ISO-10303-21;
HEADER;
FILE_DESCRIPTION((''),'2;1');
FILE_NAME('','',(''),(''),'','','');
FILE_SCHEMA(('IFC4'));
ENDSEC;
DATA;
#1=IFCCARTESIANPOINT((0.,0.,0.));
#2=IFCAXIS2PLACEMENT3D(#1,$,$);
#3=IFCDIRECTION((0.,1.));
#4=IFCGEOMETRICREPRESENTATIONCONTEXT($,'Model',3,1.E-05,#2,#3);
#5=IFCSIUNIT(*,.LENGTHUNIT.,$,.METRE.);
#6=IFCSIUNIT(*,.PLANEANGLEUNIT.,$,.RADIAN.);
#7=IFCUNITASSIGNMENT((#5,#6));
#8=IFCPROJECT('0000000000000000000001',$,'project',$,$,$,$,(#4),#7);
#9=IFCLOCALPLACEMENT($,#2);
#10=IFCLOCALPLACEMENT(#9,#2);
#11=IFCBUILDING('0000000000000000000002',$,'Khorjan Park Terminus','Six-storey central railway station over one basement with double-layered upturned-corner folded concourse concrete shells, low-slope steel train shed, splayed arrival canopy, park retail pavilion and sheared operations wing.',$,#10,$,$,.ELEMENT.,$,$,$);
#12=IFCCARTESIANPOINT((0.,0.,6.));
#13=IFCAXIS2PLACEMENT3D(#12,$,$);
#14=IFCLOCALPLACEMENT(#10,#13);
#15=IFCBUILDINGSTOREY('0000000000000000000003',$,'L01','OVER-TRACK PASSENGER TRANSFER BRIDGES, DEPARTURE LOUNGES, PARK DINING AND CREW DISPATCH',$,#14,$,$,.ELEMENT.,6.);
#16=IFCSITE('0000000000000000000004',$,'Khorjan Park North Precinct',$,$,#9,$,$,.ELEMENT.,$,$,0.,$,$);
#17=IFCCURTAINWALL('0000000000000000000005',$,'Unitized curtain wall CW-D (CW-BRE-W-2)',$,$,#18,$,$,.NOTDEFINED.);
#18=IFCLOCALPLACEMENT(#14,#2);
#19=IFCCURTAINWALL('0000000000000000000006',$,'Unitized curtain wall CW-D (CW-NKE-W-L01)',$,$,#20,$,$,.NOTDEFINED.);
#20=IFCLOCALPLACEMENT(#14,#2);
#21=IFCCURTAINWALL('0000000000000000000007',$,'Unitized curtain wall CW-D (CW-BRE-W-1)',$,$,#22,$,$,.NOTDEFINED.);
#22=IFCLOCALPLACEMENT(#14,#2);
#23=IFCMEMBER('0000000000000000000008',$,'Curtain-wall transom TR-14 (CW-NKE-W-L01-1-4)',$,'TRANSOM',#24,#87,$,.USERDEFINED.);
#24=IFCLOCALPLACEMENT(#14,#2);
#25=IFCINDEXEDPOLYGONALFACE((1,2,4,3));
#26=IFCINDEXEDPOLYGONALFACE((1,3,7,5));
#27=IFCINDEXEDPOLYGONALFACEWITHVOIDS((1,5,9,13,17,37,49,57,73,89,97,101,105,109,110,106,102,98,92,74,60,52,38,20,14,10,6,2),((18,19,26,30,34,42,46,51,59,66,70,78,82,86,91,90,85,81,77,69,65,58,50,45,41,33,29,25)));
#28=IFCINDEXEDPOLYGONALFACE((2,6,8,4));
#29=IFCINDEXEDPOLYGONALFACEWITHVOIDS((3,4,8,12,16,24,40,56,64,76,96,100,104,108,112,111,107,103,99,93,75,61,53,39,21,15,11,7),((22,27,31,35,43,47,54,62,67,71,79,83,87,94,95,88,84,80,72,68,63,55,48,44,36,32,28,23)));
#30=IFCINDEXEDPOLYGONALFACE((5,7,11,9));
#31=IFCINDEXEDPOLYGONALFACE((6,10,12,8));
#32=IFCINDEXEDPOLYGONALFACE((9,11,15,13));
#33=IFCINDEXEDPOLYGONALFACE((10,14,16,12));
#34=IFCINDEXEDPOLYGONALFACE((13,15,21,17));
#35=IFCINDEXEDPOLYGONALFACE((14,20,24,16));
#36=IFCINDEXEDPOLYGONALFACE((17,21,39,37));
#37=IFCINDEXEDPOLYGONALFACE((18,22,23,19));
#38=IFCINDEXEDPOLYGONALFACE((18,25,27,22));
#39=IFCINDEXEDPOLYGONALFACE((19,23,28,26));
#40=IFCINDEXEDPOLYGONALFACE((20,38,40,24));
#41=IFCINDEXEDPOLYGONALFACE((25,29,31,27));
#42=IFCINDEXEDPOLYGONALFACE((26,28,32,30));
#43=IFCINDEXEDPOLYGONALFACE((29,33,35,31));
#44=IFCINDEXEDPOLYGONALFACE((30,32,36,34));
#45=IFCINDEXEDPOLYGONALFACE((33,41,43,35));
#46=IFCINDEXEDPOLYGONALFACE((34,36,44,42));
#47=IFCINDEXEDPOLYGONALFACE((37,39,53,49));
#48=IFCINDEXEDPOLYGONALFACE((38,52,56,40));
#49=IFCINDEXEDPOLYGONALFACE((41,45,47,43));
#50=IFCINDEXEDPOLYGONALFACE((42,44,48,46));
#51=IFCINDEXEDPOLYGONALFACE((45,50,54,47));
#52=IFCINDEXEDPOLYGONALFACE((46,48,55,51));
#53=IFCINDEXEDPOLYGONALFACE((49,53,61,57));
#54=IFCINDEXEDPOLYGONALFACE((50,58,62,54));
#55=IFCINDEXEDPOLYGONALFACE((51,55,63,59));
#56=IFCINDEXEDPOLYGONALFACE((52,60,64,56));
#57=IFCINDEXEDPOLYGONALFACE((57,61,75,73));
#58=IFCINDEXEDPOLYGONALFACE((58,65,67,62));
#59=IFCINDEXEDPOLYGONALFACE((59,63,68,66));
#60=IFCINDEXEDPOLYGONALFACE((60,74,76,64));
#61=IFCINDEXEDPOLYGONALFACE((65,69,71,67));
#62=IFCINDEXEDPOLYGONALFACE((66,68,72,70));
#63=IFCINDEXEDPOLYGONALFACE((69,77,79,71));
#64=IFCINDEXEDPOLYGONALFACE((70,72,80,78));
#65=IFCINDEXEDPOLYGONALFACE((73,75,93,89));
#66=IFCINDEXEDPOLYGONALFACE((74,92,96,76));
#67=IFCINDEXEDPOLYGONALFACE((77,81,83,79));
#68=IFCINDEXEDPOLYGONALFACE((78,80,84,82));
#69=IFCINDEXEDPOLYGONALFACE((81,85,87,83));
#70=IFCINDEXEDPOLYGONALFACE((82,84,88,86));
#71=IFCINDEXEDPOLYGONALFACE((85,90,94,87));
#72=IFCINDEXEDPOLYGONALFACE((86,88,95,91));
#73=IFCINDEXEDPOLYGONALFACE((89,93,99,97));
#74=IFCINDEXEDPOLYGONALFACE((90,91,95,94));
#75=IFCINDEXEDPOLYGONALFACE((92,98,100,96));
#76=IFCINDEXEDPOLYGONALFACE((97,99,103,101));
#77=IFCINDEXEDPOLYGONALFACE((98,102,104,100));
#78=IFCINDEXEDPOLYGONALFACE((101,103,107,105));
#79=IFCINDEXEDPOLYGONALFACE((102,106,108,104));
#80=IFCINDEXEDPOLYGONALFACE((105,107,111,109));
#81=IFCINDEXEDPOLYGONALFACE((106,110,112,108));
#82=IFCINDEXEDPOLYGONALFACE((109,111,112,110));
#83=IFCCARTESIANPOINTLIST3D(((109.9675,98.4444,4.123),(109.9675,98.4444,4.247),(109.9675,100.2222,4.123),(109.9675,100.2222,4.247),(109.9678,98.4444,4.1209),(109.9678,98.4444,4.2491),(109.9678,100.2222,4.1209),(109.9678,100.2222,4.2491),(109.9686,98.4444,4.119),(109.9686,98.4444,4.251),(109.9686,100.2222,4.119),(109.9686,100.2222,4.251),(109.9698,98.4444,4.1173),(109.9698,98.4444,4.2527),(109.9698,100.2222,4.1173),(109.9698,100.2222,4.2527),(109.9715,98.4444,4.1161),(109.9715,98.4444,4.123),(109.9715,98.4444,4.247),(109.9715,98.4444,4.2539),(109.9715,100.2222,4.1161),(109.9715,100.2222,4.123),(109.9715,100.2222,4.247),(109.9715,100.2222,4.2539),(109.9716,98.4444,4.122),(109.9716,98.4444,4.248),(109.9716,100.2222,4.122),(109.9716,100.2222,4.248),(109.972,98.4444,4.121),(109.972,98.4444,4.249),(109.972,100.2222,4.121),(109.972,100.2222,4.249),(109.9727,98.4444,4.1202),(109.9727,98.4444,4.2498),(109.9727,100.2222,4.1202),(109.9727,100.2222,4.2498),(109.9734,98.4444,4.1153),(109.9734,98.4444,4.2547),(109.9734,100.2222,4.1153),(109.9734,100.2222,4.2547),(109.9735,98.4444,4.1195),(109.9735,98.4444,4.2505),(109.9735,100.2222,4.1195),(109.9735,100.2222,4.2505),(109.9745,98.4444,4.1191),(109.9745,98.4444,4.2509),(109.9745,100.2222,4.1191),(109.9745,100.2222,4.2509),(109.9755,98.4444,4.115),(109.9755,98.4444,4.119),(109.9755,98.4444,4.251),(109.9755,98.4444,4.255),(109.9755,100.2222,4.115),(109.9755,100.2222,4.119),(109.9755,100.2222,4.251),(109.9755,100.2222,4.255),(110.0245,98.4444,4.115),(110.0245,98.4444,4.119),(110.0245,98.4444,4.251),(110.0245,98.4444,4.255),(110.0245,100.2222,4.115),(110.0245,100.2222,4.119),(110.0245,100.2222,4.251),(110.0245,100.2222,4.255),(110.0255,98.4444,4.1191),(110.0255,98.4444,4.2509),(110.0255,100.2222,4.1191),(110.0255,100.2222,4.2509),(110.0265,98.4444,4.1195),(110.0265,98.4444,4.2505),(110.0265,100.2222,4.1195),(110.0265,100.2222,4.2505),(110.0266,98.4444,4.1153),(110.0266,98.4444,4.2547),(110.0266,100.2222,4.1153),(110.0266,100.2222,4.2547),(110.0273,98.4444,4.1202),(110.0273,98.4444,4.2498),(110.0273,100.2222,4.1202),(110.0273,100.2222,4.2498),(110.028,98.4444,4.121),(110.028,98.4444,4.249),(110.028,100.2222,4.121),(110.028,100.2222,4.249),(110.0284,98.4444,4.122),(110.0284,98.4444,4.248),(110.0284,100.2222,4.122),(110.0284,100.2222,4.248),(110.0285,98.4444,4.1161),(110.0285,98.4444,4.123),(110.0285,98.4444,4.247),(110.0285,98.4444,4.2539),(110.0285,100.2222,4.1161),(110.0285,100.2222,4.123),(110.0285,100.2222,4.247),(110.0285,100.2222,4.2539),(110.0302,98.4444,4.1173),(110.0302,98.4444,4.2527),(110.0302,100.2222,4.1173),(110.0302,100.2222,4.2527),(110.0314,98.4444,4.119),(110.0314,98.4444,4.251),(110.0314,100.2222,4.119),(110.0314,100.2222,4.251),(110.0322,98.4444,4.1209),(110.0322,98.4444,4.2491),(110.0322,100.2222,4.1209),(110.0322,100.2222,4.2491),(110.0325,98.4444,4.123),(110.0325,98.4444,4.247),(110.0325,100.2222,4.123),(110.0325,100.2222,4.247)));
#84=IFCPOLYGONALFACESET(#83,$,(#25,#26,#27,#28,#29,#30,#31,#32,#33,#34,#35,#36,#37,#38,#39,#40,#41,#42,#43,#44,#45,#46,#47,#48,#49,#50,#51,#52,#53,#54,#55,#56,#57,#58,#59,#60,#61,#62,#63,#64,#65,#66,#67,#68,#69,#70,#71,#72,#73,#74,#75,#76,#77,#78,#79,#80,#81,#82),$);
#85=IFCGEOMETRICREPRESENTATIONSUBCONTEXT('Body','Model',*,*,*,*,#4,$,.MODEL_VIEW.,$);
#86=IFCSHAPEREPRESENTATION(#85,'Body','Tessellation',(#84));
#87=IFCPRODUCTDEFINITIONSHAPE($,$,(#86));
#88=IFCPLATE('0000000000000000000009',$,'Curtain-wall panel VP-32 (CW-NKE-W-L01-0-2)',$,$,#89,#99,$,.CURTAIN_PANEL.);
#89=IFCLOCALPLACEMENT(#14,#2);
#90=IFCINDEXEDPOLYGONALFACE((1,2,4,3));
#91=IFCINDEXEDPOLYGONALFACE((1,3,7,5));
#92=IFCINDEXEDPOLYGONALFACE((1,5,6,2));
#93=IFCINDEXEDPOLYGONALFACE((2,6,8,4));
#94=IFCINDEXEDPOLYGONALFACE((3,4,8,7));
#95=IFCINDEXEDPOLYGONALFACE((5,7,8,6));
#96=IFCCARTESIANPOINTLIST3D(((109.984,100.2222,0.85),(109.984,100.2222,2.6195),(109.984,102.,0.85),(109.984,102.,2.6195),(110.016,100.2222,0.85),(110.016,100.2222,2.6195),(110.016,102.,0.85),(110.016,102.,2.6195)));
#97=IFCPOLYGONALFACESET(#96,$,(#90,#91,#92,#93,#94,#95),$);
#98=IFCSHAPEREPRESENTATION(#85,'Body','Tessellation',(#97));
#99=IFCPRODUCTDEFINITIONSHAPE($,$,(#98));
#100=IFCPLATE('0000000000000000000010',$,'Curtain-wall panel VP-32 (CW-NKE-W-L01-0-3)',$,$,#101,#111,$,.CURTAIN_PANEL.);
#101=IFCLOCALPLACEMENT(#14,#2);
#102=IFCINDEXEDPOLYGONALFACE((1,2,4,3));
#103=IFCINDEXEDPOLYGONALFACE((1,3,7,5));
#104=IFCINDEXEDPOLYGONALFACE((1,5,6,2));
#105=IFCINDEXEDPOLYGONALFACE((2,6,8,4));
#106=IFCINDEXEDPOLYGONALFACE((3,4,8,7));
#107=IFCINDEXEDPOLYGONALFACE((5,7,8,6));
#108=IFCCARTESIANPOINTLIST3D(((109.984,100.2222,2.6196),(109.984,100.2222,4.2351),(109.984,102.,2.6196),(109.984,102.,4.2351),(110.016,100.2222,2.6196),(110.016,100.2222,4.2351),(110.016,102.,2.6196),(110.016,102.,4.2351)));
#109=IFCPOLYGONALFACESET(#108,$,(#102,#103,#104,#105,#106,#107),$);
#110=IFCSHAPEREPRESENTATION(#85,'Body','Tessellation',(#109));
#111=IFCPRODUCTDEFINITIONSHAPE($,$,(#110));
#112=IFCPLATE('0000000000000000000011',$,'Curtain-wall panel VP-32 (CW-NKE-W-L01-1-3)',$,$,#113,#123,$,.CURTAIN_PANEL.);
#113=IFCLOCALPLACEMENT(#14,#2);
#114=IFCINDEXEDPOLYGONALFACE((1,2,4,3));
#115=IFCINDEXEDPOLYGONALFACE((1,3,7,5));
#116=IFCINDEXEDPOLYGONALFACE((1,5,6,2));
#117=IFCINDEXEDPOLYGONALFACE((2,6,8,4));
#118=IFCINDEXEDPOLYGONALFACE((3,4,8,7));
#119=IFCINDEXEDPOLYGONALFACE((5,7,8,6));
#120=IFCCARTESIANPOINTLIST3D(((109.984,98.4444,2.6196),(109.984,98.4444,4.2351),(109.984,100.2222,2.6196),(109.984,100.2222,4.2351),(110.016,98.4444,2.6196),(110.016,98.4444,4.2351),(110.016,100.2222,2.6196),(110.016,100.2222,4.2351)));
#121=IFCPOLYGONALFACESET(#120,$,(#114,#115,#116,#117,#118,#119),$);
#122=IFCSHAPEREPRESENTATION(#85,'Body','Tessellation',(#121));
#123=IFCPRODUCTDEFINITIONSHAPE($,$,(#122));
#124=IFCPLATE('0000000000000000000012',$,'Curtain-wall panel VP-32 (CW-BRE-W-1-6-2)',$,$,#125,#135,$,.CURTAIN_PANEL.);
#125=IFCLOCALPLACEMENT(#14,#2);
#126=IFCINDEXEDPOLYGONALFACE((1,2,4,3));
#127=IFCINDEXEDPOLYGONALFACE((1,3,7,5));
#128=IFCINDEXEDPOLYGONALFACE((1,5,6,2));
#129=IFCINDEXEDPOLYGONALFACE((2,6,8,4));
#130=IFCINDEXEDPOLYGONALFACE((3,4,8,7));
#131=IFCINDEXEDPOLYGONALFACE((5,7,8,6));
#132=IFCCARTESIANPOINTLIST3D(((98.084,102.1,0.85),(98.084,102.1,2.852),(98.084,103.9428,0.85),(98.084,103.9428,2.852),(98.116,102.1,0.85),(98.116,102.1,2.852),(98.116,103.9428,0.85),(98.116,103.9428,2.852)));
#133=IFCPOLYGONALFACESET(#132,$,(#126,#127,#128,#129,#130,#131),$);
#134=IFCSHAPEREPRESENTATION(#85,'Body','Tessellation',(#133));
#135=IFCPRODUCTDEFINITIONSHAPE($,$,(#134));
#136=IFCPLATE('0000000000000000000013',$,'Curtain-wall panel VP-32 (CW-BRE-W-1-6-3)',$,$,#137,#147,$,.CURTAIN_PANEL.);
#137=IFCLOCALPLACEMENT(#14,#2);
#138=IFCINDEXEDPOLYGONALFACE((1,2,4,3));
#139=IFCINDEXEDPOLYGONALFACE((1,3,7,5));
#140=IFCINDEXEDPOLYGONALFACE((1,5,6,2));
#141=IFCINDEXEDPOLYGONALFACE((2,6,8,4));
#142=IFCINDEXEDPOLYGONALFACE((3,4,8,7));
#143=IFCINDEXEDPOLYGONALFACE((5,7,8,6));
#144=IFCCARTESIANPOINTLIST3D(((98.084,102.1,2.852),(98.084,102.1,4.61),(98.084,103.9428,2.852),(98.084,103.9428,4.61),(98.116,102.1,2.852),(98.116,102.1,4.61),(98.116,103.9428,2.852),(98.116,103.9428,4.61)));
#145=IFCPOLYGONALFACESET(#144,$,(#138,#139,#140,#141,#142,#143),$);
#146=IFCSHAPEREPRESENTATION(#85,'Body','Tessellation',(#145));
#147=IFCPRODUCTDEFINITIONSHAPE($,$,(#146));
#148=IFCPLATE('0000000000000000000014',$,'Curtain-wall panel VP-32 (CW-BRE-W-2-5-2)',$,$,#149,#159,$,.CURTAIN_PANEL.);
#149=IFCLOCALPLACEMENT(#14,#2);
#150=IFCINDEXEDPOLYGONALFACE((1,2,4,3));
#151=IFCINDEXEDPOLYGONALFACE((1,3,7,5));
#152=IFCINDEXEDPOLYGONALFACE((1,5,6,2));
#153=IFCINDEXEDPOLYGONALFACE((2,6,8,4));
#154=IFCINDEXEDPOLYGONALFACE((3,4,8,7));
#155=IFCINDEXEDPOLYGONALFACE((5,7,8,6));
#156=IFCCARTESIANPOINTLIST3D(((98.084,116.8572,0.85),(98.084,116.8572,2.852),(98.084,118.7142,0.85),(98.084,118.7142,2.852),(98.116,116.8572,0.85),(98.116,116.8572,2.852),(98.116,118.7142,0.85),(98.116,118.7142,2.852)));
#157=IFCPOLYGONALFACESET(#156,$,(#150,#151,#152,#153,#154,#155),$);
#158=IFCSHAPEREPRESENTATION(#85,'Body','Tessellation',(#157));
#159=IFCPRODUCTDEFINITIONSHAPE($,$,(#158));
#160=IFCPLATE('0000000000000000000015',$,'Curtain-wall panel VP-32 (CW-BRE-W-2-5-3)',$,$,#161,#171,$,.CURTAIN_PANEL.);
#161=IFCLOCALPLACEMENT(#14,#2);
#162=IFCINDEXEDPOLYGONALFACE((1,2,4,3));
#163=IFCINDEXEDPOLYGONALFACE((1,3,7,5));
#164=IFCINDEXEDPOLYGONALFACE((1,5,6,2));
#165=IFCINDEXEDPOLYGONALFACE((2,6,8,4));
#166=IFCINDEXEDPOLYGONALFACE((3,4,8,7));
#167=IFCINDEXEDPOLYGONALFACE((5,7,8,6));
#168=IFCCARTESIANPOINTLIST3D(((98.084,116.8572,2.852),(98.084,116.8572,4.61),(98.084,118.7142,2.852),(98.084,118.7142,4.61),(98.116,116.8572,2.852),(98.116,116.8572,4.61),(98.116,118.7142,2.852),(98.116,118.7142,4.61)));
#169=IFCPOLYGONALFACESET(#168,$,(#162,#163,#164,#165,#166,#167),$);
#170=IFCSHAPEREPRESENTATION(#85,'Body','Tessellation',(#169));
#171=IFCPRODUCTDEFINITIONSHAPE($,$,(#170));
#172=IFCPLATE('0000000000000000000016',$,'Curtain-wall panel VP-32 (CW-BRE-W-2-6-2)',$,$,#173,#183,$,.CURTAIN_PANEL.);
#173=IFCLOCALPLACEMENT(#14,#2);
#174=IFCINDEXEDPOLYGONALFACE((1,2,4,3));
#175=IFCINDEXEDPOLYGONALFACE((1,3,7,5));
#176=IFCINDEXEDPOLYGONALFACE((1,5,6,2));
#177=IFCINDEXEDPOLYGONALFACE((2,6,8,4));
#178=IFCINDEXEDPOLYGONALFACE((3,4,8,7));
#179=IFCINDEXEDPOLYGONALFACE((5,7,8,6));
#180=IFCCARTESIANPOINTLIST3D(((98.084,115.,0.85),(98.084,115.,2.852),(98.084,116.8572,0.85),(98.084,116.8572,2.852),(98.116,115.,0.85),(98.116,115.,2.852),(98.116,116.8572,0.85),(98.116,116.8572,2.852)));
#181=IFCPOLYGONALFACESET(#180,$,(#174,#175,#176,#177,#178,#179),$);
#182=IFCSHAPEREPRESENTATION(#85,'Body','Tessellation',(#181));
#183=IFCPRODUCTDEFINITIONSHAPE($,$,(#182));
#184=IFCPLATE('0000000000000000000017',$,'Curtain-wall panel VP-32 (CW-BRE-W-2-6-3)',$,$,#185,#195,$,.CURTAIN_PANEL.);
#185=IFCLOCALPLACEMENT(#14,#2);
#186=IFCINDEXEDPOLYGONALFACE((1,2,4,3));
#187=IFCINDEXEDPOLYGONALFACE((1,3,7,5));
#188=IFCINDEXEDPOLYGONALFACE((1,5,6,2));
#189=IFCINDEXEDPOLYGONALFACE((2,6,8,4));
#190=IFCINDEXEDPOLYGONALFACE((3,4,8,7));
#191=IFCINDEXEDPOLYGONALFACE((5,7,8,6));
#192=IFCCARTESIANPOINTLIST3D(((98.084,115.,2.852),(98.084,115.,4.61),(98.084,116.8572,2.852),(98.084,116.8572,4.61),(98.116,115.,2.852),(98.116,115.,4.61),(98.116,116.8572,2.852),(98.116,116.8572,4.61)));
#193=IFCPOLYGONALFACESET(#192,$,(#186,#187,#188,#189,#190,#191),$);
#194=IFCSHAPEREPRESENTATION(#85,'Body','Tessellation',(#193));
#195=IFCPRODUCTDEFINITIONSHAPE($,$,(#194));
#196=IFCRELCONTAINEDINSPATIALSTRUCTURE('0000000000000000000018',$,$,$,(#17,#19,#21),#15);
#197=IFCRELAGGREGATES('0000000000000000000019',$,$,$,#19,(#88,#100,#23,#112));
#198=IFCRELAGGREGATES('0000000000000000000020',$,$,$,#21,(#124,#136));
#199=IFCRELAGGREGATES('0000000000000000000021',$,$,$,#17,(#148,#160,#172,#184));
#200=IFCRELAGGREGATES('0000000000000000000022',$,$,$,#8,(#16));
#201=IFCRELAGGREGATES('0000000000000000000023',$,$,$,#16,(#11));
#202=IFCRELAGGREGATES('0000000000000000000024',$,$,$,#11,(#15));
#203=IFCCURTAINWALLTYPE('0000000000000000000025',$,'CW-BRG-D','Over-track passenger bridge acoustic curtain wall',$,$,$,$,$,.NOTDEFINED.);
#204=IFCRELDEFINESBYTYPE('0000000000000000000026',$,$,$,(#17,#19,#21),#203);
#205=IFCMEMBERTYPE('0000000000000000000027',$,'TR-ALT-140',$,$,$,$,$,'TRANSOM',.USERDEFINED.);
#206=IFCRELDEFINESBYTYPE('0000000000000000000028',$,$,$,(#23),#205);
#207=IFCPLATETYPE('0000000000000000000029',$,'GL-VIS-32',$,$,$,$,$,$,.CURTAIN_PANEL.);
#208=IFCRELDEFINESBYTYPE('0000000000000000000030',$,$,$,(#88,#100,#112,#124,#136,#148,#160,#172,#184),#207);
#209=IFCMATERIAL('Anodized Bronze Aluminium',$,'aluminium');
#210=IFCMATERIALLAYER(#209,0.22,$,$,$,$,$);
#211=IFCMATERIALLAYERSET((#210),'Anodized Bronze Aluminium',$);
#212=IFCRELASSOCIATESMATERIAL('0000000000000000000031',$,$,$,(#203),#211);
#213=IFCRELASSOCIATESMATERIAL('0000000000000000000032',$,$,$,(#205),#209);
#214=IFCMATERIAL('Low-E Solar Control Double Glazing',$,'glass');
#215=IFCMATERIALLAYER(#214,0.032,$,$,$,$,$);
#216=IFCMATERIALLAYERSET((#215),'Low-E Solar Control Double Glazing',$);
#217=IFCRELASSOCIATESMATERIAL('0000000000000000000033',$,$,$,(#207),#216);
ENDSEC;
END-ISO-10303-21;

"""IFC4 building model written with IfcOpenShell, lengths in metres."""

from ifc_helpers import new_model, si_unit, direction, frame, origin, origin_2d, place, context, subcontext, project, spatial, rectangle, hollow_rectangle, extrude, material, layer, layer_set, material_profile, profile_set, type_object, element, aggregate, save


model = new_model("IFC4")

# Units and contexts
model_context = context("Model", 3, precision=1e-05, world=origin(), true_north=direction((0.0, 1.0)))
body_context = subcontext(model_context, "Body", "Model", "MODEL_VIEW")
ifc_project = project(units=[si_unit("LENGTHUNIT", "METRE"), si_unit("PLANEANGLEUNIT", "RADIAN")], contexts=[model_context])

# Site, building, storey
site_placement = place(None, origin())
site = spatial("IfcSite", under=ifc_project, at=site_placement, Name="Khorjan Park North Precinct", CompositionType="ELEMENT", RefElevation=0.0)
building_placement = place(site_placement, origin())
building = spatial("IfcBuilding", under=site, at=building_placement, Name="Khorjan Park Terminus", Description="Six-storey central railway station over one basement with double-layered upturned-corner folded concourse concrete shells, low-slope steel train shed, splayed arrival canopy, park retail pavilion and sheared operations wing.", CompositionType="ELEMENT")
storey_placement = place(building_placement, frame((0.0, 0.0, 6.0)))
storey = spatial("IfcBuildingStorey", under=building, at=storey_placement, Name="L01", Description="OVER-TRACK PASSENGER TRANSFER BRIDGES, DEPARTURE LOUNGES, PARK DINING AND CREW DISPATCH", CompositionType="ELEMENT", Elevation=6.0)

# Curtain walls
ifc_material_1 = material(Name="Anodized Bronze Aluminium", Category="aluminium")
ifc_layer_1 = layer(ifc_material_1, 0.22)
ifc_layer_set_1 = layer_set([ifc_layer_1], Name="Anodized Bronze Aluminium")
curtain_wall_type = type_object("IfcCurtainWallType", Name="CW-BRG-D", Description="Over-track passenger bridge acoustic curtain wall", PredefinedType="NOTDEFINED", material=ifc_layer_set_1)
curtain_wall_1_placement = place(storey_placement, origin())
curtain_wall_1 = element("IfcCurtainWall", 1, at=curtain_wall_1_placement, inside=storey, type_object=curtain_wall_type, Name="Unitized curtain wall CW-D (CW-BRE-W-2)", PredefinedType="NOTDEFINED")
curtain_wall_2_placement = place(storey_placement, origin())
curtain_wall_2 = element("IfcCurtainWall", 2, at=curtain_wall_2_placement, inside=storey, type_object=curtain_wall_type, Name="Unitized curtain wall CW-D (CW-NKE-W-L01)", PredefinedType="NOTDEFINED")
curtain_wall_3_placement = place(storey_placement, origin())
curtain_wall_3 = element("IfcCurtainWall", 3, at=curtain_wall_3_placement, inside=storey, type_object=curtain_wall_type, Name="Unitized curtain wall CW-D (CW-BRE-W-1)", PredefinedType="NOTDEFINED")

# Member
ifc_material_profile_1 = material_profile(ifc_material_1, hollow_rectangle(XDim=0.065, YDim=0.14, WallThickness=0.004, InnerFilletRadius=0.004, OuterFilletRadius=0.008, at=origin_2d()), Name="ALT 65x140x4")
ifc_profile_set_1 = profile_set([ifc_material_profile_1], Name="Anodized Bronze Aluminium")
member_type_1 = type_object("IfcMemberType", Name="TR-ALT-140", ElementType="TRANSOM", PredefinedType="USERDEFINED", material=ifc_profile_set_1)
member_1_placement = place(storey_placement, frame((110.0, 100.2222, 4.185), z_axis=(0.0, -1.0, 0.0), x_axis=(1.0, 0.0, 0.0)))
member_1 = element("IfcMember", 4, at=member_1_placement, type_object=member_type_1, Name="Curtain-wall transom TR-14 (CW-NKE-W-L01-1-4)", ObjectType="TRANSOM", PredefinedType="USERDEFINED", context=body_context, shape_type="SweptSolid", body=[
    extrude(hollow_rectangle(XDim=0.065, YDim=0.14, WallThickness=0.004, InnerFilletRadius=0.004, OuterFilletRadius=0.008, at=origin_2d()), origin(), (0.0, 0.0, 1.0), 1.7778),
])

# Plates
ifc_material_2 = material(Name="Low-E Solar Control Double Glazing", Category="glass")
ifc_layer_2 = layer(ifc_material_2, 0.032)
ifc_layer_set_2 = layer_set([ifc_layer_2], Name="Low-E Solar Control Double Glazing")
plate_type_1 = type_object("IfcPlateType", Name="GL-VIS-32", PredefinedType="CURTAIN_PANEL", material=ifc_layer_set_2)
plate_1_placement = place(storey_placement, frame((110.0, 101.1111, 0.85), z_axis=(0.0, 0.0, 1.0), x_axis=(0.0, -1.0, 0.0)))
plate_1 = element("IfcPlate", 5, at=plate_1_placement, type_object=plate_type_1, Name="Curtain-wall panel VP-32 (CW-NKE-W-L01-0-2)", PredefinedType="CURTAIN_PANEL", context=body_context, shape_type="SweptSolid", body=[
    extrude(rectangle(XDim=1.7778, YDim=0.032, at=origin_2d()), origin(), (0.0, 0.0, 1.0), 1.7695),
])
plate_2_placement = place(storey_placement, frame((110.0, 101.1111, 2.6196), z_axis=(0.0, 0.0, 1.0), x_axis=(0.0, -1.0, 0.0)))
plate_2 = element("IfcPlate", 6, at=plate_2_placement, type_object=plate_type_1, Name="Curtain-wall panel VP-32 (CW-NKE-W-L01-0-3)", PredefinedType="CURTAIN_PANEL", context=body_context, shape_type="SweptSolid", body=[
    extrude(rectangle(XDim=1.7778, YDim=0.032, at=origin_2d()), origin(), (0.0, 0.0, 1.0), 1.6155),
])
plate_3_placement = place(storey_placement, frame((110.0, 99.3333, 2.6196), z_axis=(0.0, 0.0, 1.0), x_axis=(0.0, -1.0, 0.0)))
plate_3 = element("IfcPlate", 7, at=plate_3_placement, type_object=plate_type_1, Name="Curtain-wall panel VP-32 (CW-NKE-W-L01-1-3)", PredefinedType="CURTAIN_PANEL", context=body_context, shape_type="SweptSolid", body=[
    extrude(rectangle(XDim=1.7778, YDim=0.032, at=origin_2d()), origin(), (0.0, 0.0, 1.0), 1.6155),
])
plate_4_placement = place(storey_placement, frame((98.1, 103.0214, 0.85), z_axis=(0.0, 0.0, 1.0), x_axis=(0.0, -1.0, 0.0)))
plate_4 = element("IfcPlate", 8, at=plate_4_placement, type_object=plate_type_1, Name="Curtain-wall panel VP-32 (CW-BRE-W-1-6-2)", PredefinedType="CURTAIN_PANEL", context=body_context, shape_type="SweptSolid", body=[
    extrude(rectangle(XDim=1.8429, YDim=0.032, at=origin_2d()), origin(), (0.0, 0.0, 1.0), 2.002),
])
plate_5_placement = place(storey_placement, frame((98.1, 103.0214, 2.852), z_axis=(0.0, 0.0, 1.0), x_axis=(0.0, -1.0, 0.0)))
plate_5 = element("IfcPlate", 9, at=plate_5_placement, type_object=plate_type_1, Name="Curtain-wall panel VP-32 (CW-BRE-W-1-6-3)", PredefinedType="CURTAIN_PANEL", context=body_context, shape_type="SweptSolid", body=[
    extrude(rectangle(XDim=1.8429, YDim=0.032, at=origin_2d()), origin(), (0.0, 0.0, 1.0), 1.758),
])
plate_6_placement = place(storey_placement, frame((98.1, 117.7857, 0.85), z_axis=(0.0, 0.0, 1.0), x_axis=(0.0, -1.0, 0.0)))
plate_6 = element("IfcPlate", 10, at=plate_6_placement, type_object=plate_type_1, Name="Curtain-wall panel VP-32 (CW-BRE-W-2-5-2)", PredefinedType="CURTAIN_PANEL", context=body_context, shape_type="SweptSolid", body=[
    extrude(rectangle(XDim=1.8571, YDim=0.032, at=origin_2d()), origin(), (0.0, 0.0, 1.0), 2.002),
])
plate_7_placement = place(storey_placement, frame((98.1, 117.7857, 2.852), z_axis=(0.0, 0.0, 1.0), x_axis=(0.0, -1.0, 0.0)))
plate_7 = element("IfcPlate", 11, at=plate_7_placement, type_object=plate_type_1, Name="Curtain-wall panel VP-32 (CW-BRE-W-2-5-3)", PredefinedType="CURTAIN_PANEL", context=body_context, shape_type="SweptSolid", body=[
    extrude(rectangle(XDim=1.8571, YDim=0.032, at=origin_2d()), origin(), (0.0, 0.0, 1.0), 1.758),
])
plate_8_placement = place(storey_placement, frame((98.1, 115.9286, 0.85), z_axis=(0.0, 0.0, 1.0), x_axis=(0.0, -1.0, 0.0)))
plate_8 = element("IfcPlate", 12, at=plate_8_placement, type_object=plate_type_1, Name="Curtain-wall panel VP-32 (CW-BRE-W-2-6-2)", PredefinedType="CURTAIN_PANEL", context=body_context, shape_type="SweptSolid", body=[
    extrude(rectangle(XDim=1.8571, YDim=0.032, at=origin_2d()), origin(), (0.0, 0.0, 1.0), 2.002),
])
plate_9_placement = place(storey_placement, frame((98.1, 115.9286, 2.852), z_axis=(0.0, 0.0, 1.0), x_axis=(0.0, -1.0, 0.0)))
plate_9 = element("IfcPlate", 13, at=plate_9_placement, type_object=plate_type_1, Name="Curtain-wall panel VP-32 (CW-BRE-W-2-6-3)", PredefinedType="CURTAIN_PANEL", context=body_context, shape_type="SweptSolid", body=[
    extrude(rectangle(XDim=1.8571, YDim=0.032, at=origin_2d()), origin(), (0.0, 0.0, 1.0), 1.758),
])
aggregate(curtain_wall_2, [plate_1, plate_2, member_1, plate_3])
aggregate(curtain_wall_3, [plate_4, plate_5])
aggregate(curtain_wall_1, [plate_6, plate_7, plate_8, plate_9])

save(model, "model.ifc")
